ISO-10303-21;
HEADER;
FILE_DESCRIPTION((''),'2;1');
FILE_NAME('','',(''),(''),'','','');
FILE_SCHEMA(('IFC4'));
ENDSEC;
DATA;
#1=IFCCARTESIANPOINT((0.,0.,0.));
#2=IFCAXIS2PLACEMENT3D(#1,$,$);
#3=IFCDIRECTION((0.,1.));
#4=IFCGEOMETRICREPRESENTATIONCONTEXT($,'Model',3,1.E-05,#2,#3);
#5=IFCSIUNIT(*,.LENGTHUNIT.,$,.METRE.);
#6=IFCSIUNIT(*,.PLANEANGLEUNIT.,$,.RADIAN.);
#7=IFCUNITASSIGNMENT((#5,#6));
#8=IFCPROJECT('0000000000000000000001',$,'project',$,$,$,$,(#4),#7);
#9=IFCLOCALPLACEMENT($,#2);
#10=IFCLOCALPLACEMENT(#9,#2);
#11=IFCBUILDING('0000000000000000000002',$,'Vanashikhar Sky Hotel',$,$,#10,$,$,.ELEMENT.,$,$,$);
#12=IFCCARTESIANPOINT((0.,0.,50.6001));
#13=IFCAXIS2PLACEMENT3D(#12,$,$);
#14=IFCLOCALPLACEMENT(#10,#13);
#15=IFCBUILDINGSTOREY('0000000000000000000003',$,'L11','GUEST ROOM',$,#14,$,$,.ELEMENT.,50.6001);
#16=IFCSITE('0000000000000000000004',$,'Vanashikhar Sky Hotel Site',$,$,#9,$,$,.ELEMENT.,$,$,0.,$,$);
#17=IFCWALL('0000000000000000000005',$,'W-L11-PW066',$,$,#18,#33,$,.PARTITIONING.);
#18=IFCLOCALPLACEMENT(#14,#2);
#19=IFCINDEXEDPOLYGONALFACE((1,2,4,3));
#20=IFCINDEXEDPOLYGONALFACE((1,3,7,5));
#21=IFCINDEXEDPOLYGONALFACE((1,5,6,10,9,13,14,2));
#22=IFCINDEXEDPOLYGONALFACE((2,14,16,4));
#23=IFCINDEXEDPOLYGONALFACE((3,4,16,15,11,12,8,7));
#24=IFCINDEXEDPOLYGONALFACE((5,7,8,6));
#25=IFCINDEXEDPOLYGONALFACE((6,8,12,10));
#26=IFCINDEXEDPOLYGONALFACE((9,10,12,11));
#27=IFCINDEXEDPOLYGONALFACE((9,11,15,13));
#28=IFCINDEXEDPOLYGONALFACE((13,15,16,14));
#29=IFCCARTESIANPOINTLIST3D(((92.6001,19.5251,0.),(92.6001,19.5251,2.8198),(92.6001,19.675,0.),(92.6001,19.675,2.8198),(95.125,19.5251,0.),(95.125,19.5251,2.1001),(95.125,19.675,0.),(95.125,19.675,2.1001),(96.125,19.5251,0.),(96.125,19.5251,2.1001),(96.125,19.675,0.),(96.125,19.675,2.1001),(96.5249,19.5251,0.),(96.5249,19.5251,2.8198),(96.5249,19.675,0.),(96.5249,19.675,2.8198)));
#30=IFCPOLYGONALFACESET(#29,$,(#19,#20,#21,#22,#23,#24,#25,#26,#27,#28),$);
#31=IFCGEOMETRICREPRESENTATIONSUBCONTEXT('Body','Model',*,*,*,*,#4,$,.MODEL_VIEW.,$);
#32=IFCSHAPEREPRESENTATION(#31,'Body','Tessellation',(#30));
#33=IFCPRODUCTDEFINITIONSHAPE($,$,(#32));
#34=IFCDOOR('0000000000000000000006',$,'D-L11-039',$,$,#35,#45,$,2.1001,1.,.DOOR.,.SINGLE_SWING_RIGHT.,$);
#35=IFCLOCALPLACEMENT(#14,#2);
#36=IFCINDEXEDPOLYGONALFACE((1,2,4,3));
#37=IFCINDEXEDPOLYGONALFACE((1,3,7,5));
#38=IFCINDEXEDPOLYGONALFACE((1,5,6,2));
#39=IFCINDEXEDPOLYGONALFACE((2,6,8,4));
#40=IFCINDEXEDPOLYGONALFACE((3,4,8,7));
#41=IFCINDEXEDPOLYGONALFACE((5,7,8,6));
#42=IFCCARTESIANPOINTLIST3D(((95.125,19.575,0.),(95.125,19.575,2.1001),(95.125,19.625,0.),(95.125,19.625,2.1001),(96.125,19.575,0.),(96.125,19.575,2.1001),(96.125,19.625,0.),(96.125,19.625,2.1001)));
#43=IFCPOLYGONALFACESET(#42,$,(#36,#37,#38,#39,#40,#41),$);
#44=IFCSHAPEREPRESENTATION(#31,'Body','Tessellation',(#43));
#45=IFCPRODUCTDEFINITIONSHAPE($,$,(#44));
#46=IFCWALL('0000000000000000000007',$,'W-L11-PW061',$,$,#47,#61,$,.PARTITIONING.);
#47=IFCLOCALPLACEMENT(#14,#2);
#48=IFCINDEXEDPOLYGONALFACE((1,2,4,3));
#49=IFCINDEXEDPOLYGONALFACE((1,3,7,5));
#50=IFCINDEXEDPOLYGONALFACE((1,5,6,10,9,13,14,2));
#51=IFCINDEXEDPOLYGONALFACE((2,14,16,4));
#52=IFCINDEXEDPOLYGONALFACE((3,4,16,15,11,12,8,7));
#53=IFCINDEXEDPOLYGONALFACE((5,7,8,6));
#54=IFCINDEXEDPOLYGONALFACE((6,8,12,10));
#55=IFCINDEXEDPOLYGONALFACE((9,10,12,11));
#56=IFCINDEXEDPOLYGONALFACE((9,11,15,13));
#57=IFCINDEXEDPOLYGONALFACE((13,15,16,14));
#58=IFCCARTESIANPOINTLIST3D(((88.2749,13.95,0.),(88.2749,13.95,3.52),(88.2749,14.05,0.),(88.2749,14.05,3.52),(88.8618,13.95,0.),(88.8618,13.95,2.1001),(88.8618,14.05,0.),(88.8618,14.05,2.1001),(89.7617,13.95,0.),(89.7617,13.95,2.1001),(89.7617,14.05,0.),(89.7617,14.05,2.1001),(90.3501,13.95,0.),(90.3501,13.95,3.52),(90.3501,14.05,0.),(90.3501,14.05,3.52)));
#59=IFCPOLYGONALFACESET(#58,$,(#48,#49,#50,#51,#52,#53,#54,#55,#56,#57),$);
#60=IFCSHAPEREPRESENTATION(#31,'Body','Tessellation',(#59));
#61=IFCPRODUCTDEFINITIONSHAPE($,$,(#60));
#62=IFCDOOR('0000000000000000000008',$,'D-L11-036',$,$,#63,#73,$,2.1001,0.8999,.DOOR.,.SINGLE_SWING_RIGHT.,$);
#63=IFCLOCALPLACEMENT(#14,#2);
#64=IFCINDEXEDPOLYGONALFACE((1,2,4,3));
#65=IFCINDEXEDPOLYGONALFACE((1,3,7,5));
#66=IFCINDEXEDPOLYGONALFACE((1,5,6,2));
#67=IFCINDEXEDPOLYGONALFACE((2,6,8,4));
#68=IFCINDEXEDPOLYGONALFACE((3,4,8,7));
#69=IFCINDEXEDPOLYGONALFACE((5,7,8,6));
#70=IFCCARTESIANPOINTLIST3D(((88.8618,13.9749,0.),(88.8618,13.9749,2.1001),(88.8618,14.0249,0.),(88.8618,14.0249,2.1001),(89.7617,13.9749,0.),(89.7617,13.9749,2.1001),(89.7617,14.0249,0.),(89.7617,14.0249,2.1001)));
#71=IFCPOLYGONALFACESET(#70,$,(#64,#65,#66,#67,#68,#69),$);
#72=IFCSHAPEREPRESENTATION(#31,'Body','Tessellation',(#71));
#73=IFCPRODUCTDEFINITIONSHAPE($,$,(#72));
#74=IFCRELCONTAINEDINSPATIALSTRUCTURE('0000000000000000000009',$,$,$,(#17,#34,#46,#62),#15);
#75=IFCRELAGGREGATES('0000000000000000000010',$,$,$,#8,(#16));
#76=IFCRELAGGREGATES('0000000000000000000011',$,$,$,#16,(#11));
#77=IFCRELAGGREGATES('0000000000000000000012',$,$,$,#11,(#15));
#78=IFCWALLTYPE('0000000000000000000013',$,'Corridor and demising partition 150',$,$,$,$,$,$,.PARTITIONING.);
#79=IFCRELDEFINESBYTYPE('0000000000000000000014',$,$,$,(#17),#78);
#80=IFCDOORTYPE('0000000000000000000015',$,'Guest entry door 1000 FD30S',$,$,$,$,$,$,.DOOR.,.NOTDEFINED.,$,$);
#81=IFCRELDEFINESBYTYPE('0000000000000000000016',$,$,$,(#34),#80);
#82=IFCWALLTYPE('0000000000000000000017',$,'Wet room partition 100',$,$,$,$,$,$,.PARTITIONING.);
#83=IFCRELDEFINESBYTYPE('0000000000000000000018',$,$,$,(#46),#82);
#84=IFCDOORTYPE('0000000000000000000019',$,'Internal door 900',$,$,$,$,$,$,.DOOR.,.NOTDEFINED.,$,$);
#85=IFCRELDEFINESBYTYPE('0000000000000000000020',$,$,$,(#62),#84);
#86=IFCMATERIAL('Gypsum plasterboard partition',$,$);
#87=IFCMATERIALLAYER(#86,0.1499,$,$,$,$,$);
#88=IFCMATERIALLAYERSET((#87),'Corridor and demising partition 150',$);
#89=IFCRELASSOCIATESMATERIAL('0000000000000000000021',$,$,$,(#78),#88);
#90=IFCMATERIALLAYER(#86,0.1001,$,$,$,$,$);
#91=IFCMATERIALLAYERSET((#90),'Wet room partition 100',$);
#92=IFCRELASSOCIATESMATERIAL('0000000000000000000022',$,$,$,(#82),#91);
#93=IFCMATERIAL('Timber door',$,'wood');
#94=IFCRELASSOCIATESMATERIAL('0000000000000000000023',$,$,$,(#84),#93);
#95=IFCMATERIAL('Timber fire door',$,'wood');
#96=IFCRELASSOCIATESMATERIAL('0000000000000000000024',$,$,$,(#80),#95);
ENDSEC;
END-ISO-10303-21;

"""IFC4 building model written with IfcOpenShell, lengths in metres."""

from ifc_helpers import new_model, si_unit, direction, frame, frame_2d, origin, place, context, subcontext, project, spatial, rectangle, extrude, source, transform, mapped, material, layer, layer_set, type_object, element, fill, save


model = new_model("IFC4")

# Units and contexts
model_context = context("Model", 3, precision=1e-05, world=origin(), true_north=direction((0.0, 1.0)))
body_context = subcontext(model_context, "Body", "Model", "MODEL_VIEW")
ifc_project = project(units=[si_unit("LENGTHUNIT", "METRE"), si_unit("PLANEANGLEUNIT", "RADIAN")], contexts=[model_context])

# Site, building, storey
site_placement = place(None, origin())
site = spatial("IfcSite", under=ifc_project, at=site_placement, Name="Vanashikhar Sky Hotel Site", CompositionType="ELEMENT", RefElevation=0.0)
building_placement = place(site_placement, origin())
building = spatial("IfcBuilding", under=site, at=building_placement, Name="Vanashikhar Sky Hotel", CompositionType="ELEMENT")
storey_placement = place(building_placement, frame((0.0, 0.0, 50.6001)))
storey = spatial("IfcBuildingStorey", under=building, at=storey_placement, Name="L11", Description="GUEST ROOM", CompositionType="ELEMENT", Elevation=50.6001)

# Shared definitions
ifc_material_1 = material(Name="Gypsum plasterboard partition")
ifc_layer_1 = layer(ifc_material_1, 0.1499)
ifc_layer_set_1 = layer_set([ifc_layer_1], Name="Corridor and demising partition 150")
wall_type_1 = type_object("IfcWallType", Name="Corridor and demising partition 150", PredefinedType="PARTITIONING", material=ifc_layer_set_1)

# Shared definitions
ifc_layer_2 = layer(ifc_material_1, 0.1001)
ifc_layer_set_2 = layer_set([ifc_layer_2], Name="Wet room partition 100")
wall_type_2 = type_object("IfcWallType", Name="Wet room partition 100", PredefinedType="PARTITIONING", material=ifc_layer_set_2)
shared_shape_1 = source(origin(), body_context, "Body", "SweptSolid", [
    extrude(rectangle(XDim=0.8999, YDim=2.1001, at=frame_2d((0.45, 1.05))), frame((0.0, 0.0601, 0.0), z_axis=(0.0, -1.0, 0.0), x_axis=(1.0, 0.0, 0.0)), (0.0, 0.0, 1.0), 0.1201),
])
ifc_material_2 = material(Name="Timber door", Category="wood")
door_type_1 = type_object("IfcDoorType", Name="Internal door 900", OperationType="NOTDEFINED", PredefinedType="DOOR", material=ifc_material_2)
shared_shape_2 = source(origin(), body_context, "Body", "SweptSolid", [
    extrude(rectangle(XDim=0.8999, YDim=2.1001, at=frame_2d((0.45, 1.05))), frame((0.0, 0.0249, 0.0), z_axis=(0.0, -1.0, 0.0), x_axis=(1.0, 0.0, 0.0)), (0.0, 0.0, 1.0), 0.05),
])

# Walls, openings, doors
shared_shape_3 = source(origin(), body_context, "Body", "SweptSolid", [
    extrude(rectangle(XDim=1.0, YDim=2.1001, at=frame_2d((0.5, 1.05))), frame((0.0, 0.085, 0.0), z_axis=(0.0, -1.0, 0.0), x_axis=(1.0, 0.0, 0.0)), (0.0, 0.0, 1.0), 0.1699),
])
ifc_material_3 = material(Name="Timber fire door", Category="wood")
door_type_2 = type_object("IfcDoorType", Name="Guest entry door 1000 FD30S", OperationType="NOTDEFINED", PredefinedType="DOOR", material=ifc_material_3)
shared_shape_4 = source(origin(), body_context, "Body", "SweptSolid", [
    extrude(rectangle(XDim=1.0, YDim=2.1001, at=frame_2d((0.5, 1.05))), frame((0.0, 0.0249, 0.0), z_axis=(0.0, -1.0, 0.0), x_axis=(1.0, 0.0, 0.0)), (0.0, 0.0, 1.0), 0.05),
])
shared_shape_5 = source(origin(), body_context, "Body", "SweptSolid", [
    extrude(rectangle(XDim=3.9248, YDim=0.1499, at=frame_2d((1.9624, 0.0))), origin(), (0.0, 0.0, 1.0), 2.8198),
])
wall_1_placement = place(storey_placement, frame((92.6001, 19.6001, 0.0), z_axis=(0.0, 0.0, 1.0), x_axis=(1.0, 0.0, 0.0)))
wall_1 = element("IfcWall", 1, at=wall_1_placement, inside=storey, type_object=wall_type_1, Name="W-L11-PW066", PredefinedType="PARTITIONING", context=body_context, shape_type="MappedRepresentation", body=[
    mapped(shared_shape_5, transform((0.0, 0.0, 0.0), scale=1.0)),
])
opening_1_placement = place(wall_1_placement, frame((2.5249, 0.0, 0.0)))
opening_1 = element("IfcOpeningElement", 2, at=opening_1_placement, cuts=wall_1, PredefinedType="OPENING", context=body_context, shape_type="MappedRepresentation", body=[
    mapped(shared_shape_3, transform((0.0, 0.0, 0.0), scale=1.0)),
])
door_1_placement = place(opening_1_placement, origin())
door_1 = element("IfcDoor", 3, at=door_1_placement, inside=storey, type_object=door_type_2, Name="D-L11-039", OperationType="SINGLE_SWING_RIGHT", OverallHeight=2.1001, OverallWidth=1.0, PredefinedType="DOOR", context=body_context, shape_type="MappedRepresentation", body=[
    mapped(shared_shape_4, transform((0.0, 0.0, 0.0), scale=1.0)),
])
fill(opening_1, door_1)
shared_shape_6 = source(origin(), body_context, "Body", "SweptSolid", [
    extrude(rectangle(XDim=2.0752, YDim=0.1001, at=frame_2d((1.0376, 0.0))), origin(), (0.0, 0.0, 1.0), 3.52),
])
wall_2_placement = place(storey_placement, frame((88.2749, 14.0, 0.0), z_axis=(0.0, 0.0, 1.0), x_axis=(1.0, 0.0, 0.0)))
wall_2 = element("IfcWall", 4, at=wall_2_placement, inside=storey, type_object=wall_type_2, Name="W-L11-PW061", PredefinedType="PARTITIONING", context=body_context, shape_type="MappedRepresentation", body=[
    mapped(shared_shape_6, transform((0.0, 0.0, 0.0), scale=1.0)),
])
opening_2_placement = place(wall_2_placement, frame((0.5869, 0.0, 0.0)))
opening_2 = element("IfcOpeningElement", 5, at=opening_2_placement, cuts=wall_2, PredefinedType="OPENING", context=body_context, shape_type="MappedRepresentation", body=[
    mapped(shared_shape_1, transform((0.0, 0.0, 0.0), scale=1.0)),
])
door_2_placement = place(opening_2_placement, origin())
door_2 = element("IfcDoor", 6, at=door_2_placement, inside=storey, type_object=door_type_1, Name="D-L11-036", OperationType="SINGLE_SWING_RIGHT", OverallHeight=2.1001, OverallWidth=0.8999, PredefinedType="DOOR", context=body_context, shape_type="MappedRepresentation", body=[
    mapped(shared_shape_2, transform((0.0, 0.0, 0.0), scale=1.0)),
])
fill(opening_2, door_2)

save(model, "model.ifc")
